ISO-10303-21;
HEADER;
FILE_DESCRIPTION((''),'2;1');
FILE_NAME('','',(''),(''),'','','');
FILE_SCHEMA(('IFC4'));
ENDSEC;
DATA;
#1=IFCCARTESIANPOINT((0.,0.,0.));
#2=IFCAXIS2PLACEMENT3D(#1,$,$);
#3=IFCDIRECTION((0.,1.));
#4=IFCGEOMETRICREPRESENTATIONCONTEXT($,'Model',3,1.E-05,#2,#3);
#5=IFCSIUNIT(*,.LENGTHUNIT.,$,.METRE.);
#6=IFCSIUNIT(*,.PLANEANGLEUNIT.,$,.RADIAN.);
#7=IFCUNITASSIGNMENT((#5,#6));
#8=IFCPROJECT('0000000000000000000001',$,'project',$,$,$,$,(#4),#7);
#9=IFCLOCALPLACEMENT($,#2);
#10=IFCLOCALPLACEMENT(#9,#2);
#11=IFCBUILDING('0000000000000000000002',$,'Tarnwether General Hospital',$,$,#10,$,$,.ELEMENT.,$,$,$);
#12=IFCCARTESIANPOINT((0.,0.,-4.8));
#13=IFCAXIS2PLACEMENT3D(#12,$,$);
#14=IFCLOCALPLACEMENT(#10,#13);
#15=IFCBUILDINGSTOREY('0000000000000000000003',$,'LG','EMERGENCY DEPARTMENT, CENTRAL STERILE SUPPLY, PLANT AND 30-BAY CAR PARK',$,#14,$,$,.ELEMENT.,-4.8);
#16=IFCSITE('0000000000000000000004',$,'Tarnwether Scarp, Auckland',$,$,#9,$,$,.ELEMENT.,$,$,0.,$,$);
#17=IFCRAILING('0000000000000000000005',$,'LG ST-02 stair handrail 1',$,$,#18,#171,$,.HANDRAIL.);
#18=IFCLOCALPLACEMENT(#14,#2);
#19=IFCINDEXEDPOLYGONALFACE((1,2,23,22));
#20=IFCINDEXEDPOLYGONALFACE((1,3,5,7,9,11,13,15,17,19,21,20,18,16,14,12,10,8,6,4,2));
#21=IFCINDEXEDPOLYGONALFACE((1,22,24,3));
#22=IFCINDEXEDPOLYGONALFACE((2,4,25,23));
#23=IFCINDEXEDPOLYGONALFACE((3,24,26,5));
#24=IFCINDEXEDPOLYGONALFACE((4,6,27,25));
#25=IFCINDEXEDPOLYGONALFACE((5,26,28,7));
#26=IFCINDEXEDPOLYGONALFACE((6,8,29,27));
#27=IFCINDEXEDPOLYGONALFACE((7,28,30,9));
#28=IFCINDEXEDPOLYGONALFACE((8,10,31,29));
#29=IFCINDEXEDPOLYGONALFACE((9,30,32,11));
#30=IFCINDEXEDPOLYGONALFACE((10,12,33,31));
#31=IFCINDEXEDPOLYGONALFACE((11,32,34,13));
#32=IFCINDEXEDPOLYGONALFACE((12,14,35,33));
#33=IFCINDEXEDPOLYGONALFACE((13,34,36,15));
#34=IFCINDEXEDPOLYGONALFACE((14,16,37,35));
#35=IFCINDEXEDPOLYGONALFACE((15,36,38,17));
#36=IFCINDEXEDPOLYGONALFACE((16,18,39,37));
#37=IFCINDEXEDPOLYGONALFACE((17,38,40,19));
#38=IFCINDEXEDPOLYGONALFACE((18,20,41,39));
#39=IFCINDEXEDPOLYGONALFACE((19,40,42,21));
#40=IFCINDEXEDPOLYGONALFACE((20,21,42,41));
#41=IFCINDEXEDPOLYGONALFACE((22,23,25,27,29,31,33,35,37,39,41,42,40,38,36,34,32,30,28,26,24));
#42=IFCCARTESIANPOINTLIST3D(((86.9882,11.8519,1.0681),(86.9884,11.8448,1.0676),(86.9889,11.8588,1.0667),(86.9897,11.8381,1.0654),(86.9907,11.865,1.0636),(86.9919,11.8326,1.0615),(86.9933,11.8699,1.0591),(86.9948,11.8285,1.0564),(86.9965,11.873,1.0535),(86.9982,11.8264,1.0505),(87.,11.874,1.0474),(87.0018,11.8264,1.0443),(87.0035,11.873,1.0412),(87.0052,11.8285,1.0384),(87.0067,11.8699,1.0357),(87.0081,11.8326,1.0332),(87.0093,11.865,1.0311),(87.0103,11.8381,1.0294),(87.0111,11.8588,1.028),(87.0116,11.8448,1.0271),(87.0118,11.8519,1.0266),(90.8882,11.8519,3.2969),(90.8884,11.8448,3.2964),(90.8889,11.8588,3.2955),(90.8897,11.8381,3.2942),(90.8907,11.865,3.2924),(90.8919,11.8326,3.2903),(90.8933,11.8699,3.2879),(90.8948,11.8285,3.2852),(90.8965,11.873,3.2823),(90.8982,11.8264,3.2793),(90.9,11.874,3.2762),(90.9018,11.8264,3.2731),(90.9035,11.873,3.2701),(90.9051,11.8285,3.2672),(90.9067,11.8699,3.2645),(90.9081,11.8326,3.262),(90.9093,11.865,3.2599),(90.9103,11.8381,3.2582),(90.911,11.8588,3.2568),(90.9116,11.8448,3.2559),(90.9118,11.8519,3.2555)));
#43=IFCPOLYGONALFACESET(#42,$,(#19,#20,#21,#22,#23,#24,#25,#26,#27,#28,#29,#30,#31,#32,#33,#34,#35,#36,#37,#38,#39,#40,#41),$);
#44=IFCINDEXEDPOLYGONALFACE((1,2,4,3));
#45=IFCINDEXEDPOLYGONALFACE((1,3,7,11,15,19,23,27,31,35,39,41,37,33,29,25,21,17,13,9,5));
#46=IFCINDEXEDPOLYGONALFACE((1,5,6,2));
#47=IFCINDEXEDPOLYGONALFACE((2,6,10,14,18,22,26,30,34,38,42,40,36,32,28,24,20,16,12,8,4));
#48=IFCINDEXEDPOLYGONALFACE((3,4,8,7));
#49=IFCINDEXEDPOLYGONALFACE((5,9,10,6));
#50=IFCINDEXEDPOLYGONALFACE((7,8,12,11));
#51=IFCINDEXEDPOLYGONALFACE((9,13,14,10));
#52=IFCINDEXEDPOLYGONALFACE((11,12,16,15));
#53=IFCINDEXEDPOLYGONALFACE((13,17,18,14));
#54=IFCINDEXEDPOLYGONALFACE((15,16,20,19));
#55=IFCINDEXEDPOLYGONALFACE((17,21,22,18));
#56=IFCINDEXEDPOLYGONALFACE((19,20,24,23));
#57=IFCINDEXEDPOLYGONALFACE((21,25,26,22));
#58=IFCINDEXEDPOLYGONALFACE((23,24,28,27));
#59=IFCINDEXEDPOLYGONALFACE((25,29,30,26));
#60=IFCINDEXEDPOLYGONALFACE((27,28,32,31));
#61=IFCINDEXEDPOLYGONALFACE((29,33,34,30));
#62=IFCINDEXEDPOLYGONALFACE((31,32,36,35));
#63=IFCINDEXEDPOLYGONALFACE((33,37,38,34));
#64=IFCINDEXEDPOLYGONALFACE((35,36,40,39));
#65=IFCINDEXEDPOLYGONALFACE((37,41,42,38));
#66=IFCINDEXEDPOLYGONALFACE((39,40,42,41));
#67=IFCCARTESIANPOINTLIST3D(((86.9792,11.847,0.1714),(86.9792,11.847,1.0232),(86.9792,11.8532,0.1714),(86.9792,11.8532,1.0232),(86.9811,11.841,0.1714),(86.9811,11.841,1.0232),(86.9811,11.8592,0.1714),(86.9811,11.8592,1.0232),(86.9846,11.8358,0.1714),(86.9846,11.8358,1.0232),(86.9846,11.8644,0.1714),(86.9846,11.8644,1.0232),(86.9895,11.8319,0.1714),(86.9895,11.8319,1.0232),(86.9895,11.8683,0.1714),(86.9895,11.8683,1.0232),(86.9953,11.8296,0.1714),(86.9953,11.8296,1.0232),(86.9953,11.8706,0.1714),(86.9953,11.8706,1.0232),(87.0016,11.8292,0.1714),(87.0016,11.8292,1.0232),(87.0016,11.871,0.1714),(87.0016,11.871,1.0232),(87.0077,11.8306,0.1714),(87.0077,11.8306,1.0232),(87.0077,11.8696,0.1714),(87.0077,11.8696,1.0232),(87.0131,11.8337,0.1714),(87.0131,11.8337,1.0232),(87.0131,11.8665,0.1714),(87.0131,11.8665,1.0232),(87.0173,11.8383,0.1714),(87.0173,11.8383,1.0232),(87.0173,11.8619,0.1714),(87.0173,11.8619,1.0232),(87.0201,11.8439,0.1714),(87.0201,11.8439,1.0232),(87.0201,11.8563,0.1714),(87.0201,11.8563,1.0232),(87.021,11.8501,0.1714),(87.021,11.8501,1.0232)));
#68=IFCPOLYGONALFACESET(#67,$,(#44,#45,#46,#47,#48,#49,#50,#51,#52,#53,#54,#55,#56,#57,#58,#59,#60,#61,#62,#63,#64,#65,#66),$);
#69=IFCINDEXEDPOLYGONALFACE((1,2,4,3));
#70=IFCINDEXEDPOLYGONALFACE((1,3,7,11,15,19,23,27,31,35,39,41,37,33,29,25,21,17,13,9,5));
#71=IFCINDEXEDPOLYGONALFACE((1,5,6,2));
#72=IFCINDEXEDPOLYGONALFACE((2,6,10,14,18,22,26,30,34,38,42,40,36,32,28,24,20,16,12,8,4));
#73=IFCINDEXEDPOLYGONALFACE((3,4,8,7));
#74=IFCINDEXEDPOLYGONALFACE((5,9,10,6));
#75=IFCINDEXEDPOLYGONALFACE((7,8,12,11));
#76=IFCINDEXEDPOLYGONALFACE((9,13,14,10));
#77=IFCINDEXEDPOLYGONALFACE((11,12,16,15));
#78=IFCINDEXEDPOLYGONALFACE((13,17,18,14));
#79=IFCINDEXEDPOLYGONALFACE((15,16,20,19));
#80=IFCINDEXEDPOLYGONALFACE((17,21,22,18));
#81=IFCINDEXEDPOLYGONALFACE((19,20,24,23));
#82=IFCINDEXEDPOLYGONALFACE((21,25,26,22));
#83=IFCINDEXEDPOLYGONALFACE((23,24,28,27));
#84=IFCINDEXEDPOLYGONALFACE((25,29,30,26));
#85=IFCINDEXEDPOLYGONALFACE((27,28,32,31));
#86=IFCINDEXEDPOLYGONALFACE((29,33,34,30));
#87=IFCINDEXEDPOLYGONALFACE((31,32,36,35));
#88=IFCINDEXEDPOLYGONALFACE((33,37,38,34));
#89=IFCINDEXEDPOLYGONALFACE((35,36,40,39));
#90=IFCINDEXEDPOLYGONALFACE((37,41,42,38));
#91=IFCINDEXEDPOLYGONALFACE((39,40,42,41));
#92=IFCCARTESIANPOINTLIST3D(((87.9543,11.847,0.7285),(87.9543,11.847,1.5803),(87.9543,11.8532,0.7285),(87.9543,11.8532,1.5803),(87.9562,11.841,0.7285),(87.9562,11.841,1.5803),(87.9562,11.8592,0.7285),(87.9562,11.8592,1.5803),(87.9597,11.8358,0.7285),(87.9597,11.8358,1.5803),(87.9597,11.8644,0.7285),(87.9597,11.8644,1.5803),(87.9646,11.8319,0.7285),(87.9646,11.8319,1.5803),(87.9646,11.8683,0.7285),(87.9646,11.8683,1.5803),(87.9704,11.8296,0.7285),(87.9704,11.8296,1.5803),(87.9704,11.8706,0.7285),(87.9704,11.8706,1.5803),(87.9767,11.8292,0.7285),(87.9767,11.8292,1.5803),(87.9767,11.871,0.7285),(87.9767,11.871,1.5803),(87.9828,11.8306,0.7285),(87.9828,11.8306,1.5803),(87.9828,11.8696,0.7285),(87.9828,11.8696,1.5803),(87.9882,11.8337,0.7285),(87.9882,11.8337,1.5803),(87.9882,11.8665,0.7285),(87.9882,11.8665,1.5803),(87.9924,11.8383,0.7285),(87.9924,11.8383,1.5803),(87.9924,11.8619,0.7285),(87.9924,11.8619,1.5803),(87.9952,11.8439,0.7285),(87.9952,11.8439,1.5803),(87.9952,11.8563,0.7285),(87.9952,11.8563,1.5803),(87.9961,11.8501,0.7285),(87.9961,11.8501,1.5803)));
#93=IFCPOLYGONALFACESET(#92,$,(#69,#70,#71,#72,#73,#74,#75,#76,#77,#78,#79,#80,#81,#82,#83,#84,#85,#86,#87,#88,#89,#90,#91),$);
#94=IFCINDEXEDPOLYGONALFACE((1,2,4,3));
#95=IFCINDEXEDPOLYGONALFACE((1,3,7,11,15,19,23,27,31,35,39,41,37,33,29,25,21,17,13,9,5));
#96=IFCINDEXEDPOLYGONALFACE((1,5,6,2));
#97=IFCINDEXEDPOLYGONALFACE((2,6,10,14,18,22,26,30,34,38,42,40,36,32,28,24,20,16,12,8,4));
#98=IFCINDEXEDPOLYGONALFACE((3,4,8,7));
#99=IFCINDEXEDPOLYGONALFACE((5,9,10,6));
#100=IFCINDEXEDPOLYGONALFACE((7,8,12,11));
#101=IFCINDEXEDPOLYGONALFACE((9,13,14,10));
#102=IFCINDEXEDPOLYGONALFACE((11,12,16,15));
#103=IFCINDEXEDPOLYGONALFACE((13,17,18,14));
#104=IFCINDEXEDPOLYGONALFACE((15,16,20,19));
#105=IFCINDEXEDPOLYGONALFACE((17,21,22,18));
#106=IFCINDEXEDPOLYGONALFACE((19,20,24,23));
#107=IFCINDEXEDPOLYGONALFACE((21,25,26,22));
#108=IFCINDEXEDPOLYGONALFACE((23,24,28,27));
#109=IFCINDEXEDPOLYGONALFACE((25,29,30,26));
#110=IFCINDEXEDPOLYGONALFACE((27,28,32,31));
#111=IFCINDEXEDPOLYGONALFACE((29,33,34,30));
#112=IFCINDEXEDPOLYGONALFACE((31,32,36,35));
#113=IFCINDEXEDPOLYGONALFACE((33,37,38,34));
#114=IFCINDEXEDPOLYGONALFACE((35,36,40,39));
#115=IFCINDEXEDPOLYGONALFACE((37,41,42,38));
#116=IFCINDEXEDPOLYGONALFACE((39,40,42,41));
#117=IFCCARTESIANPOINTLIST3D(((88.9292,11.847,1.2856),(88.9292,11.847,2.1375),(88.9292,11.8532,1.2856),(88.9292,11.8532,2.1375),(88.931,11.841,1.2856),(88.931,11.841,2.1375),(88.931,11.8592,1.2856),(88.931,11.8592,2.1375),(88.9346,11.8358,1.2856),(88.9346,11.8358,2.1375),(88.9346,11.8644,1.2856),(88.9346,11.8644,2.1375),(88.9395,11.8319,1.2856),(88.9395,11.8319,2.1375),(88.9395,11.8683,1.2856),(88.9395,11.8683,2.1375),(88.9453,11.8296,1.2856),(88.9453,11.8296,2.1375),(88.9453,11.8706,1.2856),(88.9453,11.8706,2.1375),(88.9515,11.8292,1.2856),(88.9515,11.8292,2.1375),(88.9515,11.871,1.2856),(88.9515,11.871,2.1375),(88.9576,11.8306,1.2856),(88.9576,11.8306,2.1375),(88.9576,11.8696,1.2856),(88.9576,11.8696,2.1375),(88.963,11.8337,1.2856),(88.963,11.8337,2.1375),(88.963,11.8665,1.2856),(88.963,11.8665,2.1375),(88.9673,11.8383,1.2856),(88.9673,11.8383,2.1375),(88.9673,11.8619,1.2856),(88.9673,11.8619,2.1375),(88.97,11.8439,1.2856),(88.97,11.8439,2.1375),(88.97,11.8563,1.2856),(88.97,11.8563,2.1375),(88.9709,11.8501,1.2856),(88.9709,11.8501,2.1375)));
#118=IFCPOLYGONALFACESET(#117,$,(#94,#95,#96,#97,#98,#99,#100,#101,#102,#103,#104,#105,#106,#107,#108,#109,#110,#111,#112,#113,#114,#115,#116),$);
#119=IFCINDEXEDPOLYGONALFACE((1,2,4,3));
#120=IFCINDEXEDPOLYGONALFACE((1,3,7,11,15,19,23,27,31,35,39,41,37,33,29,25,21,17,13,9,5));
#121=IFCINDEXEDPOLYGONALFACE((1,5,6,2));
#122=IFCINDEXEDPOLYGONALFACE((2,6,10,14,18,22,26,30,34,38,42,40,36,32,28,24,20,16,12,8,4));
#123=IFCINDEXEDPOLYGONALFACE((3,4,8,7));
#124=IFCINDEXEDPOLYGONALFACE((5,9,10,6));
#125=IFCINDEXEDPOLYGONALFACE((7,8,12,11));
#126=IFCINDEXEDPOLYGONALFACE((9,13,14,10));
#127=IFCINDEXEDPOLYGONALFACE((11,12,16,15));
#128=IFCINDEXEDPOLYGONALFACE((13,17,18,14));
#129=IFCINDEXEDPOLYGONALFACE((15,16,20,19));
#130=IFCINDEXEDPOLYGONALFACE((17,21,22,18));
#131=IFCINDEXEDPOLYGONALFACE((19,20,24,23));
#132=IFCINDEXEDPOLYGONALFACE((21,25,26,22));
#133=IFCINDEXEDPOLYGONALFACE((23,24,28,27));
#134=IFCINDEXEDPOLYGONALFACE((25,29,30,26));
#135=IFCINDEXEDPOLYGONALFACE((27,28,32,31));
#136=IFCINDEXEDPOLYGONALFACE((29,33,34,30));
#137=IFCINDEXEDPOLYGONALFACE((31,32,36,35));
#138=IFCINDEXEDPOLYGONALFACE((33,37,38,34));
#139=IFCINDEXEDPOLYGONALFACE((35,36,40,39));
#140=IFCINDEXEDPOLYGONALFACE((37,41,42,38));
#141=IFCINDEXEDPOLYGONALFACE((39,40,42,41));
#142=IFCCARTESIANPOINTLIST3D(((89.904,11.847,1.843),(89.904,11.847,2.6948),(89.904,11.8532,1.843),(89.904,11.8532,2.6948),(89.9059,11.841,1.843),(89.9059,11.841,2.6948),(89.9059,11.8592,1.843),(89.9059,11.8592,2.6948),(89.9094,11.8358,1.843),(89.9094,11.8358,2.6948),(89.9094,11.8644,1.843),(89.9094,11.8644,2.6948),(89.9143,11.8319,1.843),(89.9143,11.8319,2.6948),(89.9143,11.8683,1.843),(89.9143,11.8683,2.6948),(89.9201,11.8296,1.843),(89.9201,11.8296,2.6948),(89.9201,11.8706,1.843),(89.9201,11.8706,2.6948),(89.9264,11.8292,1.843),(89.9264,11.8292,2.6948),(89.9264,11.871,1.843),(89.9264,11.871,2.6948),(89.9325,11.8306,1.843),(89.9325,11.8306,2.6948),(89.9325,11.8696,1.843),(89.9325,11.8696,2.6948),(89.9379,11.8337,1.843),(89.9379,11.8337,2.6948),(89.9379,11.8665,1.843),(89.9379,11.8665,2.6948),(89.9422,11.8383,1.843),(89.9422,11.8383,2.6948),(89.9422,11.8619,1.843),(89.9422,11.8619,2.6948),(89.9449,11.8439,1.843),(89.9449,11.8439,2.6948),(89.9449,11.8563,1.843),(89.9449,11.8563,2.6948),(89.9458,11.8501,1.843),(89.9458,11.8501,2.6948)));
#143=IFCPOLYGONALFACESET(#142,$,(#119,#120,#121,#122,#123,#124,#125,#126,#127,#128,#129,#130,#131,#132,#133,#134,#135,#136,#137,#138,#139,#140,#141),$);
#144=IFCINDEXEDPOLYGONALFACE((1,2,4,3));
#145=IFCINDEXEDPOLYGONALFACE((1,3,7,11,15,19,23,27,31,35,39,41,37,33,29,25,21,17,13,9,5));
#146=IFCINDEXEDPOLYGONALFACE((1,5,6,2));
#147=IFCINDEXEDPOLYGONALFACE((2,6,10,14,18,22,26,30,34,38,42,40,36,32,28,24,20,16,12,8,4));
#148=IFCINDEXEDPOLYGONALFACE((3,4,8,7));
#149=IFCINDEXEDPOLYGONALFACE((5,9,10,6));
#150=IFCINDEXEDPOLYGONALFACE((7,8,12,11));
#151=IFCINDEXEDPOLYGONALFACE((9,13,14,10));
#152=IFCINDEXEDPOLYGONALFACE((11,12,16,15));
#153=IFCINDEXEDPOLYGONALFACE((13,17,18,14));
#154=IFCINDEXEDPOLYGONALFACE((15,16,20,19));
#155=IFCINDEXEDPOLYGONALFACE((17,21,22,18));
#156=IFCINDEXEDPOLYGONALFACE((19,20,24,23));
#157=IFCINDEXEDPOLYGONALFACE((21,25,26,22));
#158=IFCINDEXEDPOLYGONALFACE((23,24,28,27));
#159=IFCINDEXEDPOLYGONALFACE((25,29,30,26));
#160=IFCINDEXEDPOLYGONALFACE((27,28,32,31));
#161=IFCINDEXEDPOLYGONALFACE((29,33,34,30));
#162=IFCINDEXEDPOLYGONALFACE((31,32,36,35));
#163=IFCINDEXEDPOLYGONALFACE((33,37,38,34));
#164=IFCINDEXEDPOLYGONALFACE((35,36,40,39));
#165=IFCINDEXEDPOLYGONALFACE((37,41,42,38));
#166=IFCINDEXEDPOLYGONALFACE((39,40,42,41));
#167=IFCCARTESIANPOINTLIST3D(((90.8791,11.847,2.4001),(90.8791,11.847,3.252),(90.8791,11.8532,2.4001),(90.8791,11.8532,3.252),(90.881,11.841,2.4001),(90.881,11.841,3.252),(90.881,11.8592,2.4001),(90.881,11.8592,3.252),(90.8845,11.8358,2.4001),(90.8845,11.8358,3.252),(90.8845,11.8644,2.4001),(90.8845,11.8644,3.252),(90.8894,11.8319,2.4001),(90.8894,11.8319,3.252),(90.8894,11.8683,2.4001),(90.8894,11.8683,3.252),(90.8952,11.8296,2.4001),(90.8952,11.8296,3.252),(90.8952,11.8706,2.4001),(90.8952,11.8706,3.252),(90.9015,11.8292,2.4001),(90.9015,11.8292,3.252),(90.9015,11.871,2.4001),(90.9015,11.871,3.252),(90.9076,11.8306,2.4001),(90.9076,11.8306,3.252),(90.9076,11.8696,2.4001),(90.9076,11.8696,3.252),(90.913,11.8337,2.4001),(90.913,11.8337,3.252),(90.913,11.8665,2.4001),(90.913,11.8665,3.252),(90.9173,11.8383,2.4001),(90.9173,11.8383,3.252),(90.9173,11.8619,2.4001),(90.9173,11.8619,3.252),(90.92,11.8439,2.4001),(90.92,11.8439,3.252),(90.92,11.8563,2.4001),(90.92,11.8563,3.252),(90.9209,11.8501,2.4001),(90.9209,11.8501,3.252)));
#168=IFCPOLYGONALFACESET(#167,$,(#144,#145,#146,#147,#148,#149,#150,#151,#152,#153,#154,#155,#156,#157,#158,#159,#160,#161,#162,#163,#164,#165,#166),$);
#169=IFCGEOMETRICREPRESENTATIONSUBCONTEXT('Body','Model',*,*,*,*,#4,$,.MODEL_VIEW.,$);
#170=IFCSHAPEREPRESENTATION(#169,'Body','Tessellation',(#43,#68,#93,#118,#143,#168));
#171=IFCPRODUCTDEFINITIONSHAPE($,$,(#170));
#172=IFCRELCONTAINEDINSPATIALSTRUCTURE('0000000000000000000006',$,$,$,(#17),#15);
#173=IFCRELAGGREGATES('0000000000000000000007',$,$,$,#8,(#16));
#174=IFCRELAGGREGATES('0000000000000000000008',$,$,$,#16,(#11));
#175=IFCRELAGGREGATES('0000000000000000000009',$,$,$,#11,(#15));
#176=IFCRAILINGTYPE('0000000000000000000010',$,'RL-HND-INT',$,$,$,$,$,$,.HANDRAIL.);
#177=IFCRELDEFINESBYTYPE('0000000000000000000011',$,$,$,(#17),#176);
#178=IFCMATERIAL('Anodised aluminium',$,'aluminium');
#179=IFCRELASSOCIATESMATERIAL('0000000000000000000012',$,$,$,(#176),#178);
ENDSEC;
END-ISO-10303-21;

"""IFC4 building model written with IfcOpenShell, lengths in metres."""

from ifc_helpers import new_model, si_unit, direction, frame, origin, origin_2d, place, context, subcontext, project, spatial, circle, extrude, material, type_object, element, save


model = new_model("IFC4")

# Units and contexts
model_context = context("Model", 3, precision=1e-05, world=origin(), true_north=direction((0.0, 1.0)))
body_context = subcontext(model_context, "Body", "Model", "MODEL_VIEW")
ifc_project = project(units=[si_unit("LENGTHUNIT", "METRE"), si_unit("PLANEANGLEUNIT", "RADIAN")], contexts=[model_context])

# Site, building, storey
site_placement = place(None, origin())
site = spatial("IfcSite", under=ifc_project, at=site_placement, Name="Tarnwether Scarp, Auckland", CompositionType="ELEMENT", RefElevation=0.0)
building_placement = place(site_placement, origin())
building = spatial("IfcBuilding", under=site, at=building_placement, Name="Tarnwether General Hospital", CompositionType="ELEMENT")
storey_placement = place(building_placement, frame((0.0, 0.0, -4.8)))
storey = spatial("IfcBuildingStorey", under=building, at=storey_placement, Name="LG", Description="EMERGENCY DEPARTMENT, CENTRAL STERILE SUPPLY, PLANT AND 30-BAY CAR PARK", CompositionType="ELEMENT", Elevation=-4.8)

# Railing
ifc_material_1 = material(Name="Anodised aluminium", Category="aluminium")
railing_type_1 = type_object("IfcRailingType", Name="RL-HND-INT", PredefinedType="HANDRAIL", material=ifc_material_1)
railing_1_placement = place(storey_placement, frame((87.0, 11.8501, 0.1714)))
element("IfcRailing", 1, at=railing_1_placement, inside=storey, type_object=railing_type_1, Name="LG ST-02 stair handrail 1", PredefinedType="HANDRAIL", context=body_context, shape_type="SweptSolid", body=[
    extrude(circle(Radius=0.0239, at=origin_2d()), frame((0.0, 0.0, 0.876), z_axis=(0.86822, 0.0, 0.49618), x_axis=(0.0, 1.0, 0.0)), (0.0, 0.0, 1.0), 4.4919),
    extrude(circle(Radius=0.021, at=origin_2d()), origin(), (0.0, 0.0, 1.0), 0.8518),
    extrude(circle(Radius=0.021, at=origin_2d()), frame((0.9751, 0.0, 0.5571)), (0.0, 0.0, 1.0), 0.8518),
    extrude(circle(Radius=0.021, at=origin_2d()), frame((1.95, 0.0, 1.1143)), (0.0, 0.0, 1.0), 0.8518),
    extrude(circle(Radius=0.021, at=origin_2d()), frame((2.9248, 0.0, 1.6716)), (0.0, 0.0, 1.0), 0.8518),
    extrude(circle(Radius=0.021, at=origin_2d()), frame((3.8999, 0.0, 2.2288)), (0.0, 0.0, 1.0), 0.8518),
])

save(model, "model.ifc")
